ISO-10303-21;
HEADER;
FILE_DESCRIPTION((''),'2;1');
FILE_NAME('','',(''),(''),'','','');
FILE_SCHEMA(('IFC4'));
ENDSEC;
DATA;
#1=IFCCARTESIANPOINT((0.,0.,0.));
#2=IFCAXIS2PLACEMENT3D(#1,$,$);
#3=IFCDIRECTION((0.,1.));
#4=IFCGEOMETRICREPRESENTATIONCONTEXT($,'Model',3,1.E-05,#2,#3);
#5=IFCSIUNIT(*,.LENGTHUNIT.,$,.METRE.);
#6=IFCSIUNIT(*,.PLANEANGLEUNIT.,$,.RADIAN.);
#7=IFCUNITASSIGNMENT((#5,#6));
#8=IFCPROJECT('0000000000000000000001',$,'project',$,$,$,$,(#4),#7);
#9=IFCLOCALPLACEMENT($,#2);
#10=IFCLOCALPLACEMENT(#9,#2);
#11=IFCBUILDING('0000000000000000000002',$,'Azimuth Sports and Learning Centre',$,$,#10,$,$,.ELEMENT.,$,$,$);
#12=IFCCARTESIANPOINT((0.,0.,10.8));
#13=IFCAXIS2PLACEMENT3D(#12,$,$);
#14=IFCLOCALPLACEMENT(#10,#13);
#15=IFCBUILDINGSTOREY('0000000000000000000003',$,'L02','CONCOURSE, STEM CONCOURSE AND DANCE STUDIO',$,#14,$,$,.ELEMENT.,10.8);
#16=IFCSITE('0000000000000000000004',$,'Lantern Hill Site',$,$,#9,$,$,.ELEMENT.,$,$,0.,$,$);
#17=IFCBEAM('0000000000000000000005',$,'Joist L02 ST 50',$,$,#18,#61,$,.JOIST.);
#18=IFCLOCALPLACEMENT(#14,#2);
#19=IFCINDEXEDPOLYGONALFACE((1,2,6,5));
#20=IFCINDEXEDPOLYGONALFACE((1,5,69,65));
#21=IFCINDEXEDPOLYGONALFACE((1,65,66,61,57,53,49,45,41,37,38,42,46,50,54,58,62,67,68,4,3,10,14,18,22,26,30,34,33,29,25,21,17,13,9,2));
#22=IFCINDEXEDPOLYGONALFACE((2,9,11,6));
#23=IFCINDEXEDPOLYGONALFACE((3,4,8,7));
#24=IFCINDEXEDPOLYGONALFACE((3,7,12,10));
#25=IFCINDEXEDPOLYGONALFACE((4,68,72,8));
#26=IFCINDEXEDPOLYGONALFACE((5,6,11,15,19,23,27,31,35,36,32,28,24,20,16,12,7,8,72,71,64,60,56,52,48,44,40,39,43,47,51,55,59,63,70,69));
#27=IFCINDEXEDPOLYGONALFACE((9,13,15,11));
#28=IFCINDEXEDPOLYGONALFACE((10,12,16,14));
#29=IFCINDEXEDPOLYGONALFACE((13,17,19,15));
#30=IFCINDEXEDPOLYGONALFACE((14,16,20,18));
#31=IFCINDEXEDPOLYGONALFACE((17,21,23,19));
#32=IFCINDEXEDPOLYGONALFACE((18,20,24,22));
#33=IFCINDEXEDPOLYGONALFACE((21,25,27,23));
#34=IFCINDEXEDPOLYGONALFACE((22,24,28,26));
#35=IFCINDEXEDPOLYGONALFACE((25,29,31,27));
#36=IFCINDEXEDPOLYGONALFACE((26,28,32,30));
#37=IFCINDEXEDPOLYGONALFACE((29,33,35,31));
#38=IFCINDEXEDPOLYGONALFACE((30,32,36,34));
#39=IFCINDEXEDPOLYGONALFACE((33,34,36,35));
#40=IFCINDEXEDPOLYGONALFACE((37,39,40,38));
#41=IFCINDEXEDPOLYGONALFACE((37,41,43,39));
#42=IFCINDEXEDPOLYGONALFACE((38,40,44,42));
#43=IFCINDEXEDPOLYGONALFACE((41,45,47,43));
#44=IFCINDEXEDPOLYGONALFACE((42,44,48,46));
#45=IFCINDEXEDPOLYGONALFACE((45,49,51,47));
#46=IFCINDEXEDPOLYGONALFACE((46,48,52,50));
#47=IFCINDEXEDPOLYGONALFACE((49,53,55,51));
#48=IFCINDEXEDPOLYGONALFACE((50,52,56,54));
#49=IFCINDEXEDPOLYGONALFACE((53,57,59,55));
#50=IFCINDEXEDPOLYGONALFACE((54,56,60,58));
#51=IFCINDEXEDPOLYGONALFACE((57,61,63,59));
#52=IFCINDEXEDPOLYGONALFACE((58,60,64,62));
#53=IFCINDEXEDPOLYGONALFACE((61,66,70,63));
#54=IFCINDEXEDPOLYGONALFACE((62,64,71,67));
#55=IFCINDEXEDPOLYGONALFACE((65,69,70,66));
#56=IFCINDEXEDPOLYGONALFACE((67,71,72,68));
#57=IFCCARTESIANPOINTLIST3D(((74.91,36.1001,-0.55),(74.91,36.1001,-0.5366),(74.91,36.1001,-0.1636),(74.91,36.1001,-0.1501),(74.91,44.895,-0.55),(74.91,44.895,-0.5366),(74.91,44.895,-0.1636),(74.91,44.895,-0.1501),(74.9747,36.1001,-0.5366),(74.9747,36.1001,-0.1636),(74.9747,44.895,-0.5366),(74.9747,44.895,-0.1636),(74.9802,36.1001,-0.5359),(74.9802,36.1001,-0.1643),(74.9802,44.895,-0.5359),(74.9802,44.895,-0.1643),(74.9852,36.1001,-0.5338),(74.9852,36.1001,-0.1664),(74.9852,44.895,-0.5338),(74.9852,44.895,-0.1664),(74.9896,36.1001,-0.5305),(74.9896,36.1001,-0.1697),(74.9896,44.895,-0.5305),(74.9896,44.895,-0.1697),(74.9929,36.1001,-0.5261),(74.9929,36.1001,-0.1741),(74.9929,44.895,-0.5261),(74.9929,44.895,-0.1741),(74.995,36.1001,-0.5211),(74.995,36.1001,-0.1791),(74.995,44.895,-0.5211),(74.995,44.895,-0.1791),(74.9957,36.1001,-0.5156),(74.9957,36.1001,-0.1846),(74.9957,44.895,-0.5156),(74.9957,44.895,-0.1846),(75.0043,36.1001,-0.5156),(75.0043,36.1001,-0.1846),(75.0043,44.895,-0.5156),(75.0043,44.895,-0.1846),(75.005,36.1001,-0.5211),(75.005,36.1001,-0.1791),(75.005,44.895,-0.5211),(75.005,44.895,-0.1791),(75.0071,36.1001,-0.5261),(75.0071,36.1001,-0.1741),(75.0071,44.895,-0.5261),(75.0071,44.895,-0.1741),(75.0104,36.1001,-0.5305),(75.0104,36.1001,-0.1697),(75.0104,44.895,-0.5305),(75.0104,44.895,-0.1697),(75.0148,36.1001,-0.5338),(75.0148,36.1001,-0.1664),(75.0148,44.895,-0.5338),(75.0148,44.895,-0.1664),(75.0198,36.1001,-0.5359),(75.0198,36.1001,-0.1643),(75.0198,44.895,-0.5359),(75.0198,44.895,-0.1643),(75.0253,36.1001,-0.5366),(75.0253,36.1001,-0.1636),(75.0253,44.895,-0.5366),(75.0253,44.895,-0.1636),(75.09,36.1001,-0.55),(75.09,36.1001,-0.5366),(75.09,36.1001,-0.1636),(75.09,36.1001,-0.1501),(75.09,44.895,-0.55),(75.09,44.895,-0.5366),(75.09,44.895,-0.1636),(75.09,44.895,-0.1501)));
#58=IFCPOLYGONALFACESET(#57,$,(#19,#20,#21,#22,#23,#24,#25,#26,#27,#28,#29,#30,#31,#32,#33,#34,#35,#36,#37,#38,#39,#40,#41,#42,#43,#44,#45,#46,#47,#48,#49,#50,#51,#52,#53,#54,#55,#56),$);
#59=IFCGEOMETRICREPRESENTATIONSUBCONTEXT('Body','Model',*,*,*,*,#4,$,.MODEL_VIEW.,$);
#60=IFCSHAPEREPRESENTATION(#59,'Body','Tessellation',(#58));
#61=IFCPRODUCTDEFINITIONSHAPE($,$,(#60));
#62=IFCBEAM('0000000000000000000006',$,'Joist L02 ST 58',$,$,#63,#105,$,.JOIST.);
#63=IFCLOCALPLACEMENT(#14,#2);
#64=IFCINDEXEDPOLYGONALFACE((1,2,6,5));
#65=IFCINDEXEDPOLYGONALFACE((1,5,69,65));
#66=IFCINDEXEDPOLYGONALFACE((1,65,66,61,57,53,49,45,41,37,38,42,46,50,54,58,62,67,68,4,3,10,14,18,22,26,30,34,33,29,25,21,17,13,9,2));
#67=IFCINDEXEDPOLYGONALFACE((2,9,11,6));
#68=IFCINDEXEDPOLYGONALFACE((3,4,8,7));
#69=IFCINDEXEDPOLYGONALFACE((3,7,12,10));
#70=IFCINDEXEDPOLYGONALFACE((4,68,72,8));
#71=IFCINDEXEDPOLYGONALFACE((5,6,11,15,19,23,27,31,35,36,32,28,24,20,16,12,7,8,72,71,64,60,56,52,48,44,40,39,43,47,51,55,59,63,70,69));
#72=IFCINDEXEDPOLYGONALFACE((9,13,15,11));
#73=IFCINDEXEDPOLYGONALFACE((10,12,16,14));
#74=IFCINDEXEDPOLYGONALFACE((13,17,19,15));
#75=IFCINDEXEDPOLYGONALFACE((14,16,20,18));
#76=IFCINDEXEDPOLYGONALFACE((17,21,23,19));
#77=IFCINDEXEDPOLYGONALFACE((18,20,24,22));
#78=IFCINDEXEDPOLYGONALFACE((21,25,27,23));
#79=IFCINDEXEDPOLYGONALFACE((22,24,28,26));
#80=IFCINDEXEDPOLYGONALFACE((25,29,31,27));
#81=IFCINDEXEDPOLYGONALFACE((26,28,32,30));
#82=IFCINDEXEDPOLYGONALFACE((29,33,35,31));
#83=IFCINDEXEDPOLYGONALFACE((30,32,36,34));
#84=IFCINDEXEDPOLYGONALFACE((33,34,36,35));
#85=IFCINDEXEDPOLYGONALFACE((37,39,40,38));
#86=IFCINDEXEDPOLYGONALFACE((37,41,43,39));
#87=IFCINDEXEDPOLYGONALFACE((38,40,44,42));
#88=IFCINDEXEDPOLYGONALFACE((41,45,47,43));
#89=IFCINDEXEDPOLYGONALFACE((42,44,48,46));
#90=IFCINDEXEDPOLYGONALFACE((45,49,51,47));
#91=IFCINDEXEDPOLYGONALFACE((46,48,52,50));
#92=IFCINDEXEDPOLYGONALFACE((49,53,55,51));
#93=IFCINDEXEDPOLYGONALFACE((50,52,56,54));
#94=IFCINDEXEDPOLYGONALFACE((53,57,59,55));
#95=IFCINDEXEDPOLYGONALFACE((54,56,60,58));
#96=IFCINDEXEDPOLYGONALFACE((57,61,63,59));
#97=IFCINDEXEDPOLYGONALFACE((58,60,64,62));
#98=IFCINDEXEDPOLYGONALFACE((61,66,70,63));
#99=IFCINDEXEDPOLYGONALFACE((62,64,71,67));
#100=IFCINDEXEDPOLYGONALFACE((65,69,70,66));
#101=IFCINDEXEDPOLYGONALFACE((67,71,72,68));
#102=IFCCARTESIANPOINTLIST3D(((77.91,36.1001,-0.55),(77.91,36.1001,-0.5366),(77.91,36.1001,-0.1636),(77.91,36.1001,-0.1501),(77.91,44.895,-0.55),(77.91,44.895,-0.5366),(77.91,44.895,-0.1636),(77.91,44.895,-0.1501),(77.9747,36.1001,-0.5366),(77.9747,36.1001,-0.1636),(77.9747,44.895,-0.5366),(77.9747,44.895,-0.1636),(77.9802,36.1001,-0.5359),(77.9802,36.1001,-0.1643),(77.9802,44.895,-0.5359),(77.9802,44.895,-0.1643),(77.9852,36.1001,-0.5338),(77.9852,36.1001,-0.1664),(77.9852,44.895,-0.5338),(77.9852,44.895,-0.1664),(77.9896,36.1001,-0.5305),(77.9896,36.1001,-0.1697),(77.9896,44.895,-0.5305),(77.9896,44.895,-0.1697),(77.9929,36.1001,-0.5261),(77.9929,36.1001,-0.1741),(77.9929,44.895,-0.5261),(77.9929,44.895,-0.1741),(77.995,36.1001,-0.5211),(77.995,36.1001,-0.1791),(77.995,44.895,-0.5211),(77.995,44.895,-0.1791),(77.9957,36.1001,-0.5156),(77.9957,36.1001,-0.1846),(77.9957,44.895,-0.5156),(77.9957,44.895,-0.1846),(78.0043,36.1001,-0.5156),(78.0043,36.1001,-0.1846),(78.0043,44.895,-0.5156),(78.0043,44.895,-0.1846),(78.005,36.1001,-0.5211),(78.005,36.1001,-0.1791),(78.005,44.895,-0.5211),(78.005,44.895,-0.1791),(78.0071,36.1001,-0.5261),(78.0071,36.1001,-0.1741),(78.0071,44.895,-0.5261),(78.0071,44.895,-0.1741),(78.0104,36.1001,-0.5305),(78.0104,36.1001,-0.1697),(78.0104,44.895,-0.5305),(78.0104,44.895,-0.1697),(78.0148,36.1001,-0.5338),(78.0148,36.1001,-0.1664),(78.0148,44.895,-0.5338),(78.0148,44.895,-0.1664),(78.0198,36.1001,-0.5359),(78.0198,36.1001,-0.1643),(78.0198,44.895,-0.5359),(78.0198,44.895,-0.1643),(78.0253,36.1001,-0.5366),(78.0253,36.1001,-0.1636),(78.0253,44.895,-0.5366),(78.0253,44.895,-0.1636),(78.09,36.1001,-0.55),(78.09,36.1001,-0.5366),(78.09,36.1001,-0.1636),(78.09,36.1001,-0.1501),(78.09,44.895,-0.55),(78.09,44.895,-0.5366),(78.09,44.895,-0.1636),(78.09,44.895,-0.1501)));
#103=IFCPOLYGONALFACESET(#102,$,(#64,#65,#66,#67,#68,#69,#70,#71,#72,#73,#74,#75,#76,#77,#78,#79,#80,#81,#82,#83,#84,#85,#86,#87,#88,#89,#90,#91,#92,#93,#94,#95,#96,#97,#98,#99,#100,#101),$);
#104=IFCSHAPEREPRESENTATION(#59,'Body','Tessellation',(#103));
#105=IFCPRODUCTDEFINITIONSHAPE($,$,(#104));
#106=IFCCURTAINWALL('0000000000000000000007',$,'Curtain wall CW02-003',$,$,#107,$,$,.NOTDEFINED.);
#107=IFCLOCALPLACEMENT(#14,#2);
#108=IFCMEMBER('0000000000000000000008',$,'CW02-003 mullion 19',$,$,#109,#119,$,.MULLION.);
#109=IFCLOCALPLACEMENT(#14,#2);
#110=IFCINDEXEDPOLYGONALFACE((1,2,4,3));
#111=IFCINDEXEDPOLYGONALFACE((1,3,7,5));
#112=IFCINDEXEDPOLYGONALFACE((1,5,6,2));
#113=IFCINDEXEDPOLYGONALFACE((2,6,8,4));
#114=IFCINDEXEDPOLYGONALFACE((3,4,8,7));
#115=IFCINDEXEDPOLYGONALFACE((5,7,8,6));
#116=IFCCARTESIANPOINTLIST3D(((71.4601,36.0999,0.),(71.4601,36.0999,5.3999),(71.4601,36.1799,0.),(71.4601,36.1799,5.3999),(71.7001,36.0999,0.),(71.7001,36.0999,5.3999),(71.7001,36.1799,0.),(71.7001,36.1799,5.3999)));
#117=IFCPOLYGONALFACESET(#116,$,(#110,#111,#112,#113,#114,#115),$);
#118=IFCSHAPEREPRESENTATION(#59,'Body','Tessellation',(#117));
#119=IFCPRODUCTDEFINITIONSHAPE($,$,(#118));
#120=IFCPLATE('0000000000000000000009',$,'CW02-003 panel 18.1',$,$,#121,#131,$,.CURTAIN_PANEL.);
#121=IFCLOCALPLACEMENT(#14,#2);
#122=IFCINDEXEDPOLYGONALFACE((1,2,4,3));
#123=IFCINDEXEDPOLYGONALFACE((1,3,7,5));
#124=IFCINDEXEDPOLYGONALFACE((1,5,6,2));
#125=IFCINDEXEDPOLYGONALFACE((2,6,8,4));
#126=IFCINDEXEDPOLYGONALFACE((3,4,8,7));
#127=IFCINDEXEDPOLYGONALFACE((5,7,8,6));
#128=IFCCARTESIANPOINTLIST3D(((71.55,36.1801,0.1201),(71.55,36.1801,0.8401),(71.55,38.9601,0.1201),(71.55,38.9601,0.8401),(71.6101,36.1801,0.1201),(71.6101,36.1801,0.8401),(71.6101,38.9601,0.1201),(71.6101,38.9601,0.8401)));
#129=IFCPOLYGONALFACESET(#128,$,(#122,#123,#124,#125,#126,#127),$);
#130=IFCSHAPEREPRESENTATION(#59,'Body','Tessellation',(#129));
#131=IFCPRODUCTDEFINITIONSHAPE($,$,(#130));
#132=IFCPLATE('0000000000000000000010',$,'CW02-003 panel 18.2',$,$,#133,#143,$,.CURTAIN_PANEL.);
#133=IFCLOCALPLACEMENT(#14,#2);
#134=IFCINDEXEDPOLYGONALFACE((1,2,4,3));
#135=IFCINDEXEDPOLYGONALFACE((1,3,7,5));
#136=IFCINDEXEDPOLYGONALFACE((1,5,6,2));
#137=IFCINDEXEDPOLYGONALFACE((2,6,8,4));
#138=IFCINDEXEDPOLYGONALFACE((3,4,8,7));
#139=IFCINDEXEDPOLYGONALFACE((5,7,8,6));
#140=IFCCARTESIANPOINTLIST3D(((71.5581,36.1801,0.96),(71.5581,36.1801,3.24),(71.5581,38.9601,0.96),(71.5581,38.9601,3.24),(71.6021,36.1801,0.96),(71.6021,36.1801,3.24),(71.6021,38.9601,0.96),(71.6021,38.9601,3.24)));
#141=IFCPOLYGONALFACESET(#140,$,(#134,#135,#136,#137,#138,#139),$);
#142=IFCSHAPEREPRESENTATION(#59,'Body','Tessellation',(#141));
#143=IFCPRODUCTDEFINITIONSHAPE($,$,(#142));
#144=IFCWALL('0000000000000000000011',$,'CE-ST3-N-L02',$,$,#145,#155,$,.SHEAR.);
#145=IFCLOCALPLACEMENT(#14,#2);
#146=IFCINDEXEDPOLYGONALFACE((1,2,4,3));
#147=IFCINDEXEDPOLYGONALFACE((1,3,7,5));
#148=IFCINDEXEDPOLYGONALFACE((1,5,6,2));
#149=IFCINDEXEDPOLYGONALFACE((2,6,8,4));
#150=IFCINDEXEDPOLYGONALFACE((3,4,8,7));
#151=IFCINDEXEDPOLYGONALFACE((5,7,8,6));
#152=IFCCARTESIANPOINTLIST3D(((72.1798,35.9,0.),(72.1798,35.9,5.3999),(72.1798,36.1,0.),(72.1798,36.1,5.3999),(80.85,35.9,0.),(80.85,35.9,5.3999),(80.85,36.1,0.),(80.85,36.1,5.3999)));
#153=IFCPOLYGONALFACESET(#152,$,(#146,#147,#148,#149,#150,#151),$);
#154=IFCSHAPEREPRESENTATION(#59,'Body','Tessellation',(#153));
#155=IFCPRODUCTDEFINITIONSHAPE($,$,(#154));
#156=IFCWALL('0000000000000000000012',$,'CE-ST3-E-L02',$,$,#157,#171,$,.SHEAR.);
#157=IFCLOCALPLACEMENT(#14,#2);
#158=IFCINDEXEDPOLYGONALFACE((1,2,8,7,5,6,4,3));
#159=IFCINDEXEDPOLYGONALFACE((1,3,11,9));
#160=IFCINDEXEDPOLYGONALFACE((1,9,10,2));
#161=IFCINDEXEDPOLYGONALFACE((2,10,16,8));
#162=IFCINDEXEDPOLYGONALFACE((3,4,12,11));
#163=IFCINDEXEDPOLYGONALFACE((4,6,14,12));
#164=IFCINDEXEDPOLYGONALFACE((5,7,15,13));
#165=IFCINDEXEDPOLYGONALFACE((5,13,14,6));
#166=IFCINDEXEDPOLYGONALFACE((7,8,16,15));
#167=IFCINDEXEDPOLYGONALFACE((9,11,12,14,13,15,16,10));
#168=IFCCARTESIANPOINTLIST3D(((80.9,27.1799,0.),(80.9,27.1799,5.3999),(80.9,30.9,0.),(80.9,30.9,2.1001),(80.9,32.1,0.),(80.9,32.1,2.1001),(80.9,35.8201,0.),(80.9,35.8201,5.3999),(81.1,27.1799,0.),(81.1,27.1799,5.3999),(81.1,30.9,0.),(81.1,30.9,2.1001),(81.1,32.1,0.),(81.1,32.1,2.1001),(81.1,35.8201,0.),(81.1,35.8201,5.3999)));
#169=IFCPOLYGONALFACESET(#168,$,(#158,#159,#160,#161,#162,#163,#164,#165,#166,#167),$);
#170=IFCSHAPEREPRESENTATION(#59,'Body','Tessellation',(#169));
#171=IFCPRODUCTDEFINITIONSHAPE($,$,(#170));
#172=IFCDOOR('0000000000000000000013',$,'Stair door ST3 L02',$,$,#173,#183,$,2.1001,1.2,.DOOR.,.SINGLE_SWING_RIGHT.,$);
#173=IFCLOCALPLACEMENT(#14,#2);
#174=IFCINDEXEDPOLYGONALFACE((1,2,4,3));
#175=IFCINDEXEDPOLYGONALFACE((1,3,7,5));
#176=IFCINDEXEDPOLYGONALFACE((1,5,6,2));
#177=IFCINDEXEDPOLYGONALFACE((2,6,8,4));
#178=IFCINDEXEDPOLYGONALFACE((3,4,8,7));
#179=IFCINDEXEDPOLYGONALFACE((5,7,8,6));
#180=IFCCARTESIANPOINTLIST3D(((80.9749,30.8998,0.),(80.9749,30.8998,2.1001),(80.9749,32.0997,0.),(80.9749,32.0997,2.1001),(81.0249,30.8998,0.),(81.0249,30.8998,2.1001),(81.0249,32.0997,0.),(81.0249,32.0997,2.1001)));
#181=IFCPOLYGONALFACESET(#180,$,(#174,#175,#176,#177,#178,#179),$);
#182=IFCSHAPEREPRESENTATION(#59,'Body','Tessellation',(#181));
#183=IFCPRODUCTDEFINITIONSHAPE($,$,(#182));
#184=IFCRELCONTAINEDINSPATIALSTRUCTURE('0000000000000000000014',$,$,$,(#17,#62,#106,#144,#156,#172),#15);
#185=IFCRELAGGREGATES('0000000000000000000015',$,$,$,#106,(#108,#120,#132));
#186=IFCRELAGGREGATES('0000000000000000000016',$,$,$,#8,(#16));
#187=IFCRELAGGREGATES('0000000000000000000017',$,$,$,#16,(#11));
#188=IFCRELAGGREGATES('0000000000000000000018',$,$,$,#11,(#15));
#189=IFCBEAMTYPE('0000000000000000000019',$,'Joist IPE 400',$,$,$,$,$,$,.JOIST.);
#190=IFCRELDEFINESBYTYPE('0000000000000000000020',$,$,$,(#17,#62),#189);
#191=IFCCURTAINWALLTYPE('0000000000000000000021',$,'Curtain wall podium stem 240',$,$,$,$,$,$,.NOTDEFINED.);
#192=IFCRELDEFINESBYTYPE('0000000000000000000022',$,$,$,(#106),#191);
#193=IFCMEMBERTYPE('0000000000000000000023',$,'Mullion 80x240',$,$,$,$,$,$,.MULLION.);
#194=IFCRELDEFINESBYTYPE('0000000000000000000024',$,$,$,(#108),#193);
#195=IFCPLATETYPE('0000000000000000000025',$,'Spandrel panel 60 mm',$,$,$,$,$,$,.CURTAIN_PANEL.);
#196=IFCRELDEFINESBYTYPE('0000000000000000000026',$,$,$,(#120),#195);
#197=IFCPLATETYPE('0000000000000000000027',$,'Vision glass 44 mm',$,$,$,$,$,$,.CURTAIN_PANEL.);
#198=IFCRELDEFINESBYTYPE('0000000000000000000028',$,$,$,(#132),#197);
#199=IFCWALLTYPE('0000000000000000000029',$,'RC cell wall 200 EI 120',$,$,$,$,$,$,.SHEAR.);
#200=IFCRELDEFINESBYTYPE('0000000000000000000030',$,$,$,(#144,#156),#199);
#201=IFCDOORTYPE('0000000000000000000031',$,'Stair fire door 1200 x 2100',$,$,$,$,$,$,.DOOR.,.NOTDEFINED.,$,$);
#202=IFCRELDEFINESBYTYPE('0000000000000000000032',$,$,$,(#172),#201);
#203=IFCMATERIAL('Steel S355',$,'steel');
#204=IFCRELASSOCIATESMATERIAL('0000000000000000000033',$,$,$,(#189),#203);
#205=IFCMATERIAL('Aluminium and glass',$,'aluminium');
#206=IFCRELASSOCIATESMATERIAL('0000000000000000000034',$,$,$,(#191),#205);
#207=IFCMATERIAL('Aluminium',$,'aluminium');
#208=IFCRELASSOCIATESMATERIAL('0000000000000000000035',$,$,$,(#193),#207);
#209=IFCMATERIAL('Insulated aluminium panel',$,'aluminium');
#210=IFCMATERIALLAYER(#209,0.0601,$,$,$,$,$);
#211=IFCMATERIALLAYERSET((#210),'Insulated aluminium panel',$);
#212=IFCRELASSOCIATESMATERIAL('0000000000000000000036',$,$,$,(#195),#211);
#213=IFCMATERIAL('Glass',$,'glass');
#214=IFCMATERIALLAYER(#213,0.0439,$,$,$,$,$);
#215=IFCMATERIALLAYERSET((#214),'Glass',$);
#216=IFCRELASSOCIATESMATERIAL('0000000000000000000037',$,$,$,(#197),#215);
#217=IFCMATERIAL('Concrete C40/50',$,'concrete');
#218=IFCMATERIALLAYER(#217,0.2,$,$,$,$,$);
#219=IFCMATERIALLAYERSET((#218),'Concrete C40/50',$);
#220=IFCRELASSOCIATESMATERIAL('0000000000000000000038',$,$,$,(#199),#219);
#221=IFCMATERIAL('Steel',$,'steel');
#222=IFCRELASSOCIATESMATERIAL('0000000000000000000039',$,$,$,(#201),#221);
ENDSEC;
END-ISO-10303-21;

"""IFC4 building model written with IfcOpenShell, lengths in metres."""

from ifc_helpers import new_model, si_unit, direction, frame, frame_2d, origin, origin_2d, place, context, subcontext, project, spatial, rectangle, i_section, extrude, material, layer, layer_set, material_profile, profile_set, type_object, element, fill, aggregate, save


model = new_model("IFC4")

# Units and contexts
model_context = context("Model", 3, precision=1e-05, world=origin(), true_north=direction((0.0, 1.0)))
body_context = subcontext(model_context, "Body", "Model", "MODEL_VIEW")
ifc_project = project(units=[si_unit("LENGTHUNIT", "METRE"), si_unit("PLANEANGLEUNIT", "RADIAN")], contexts=[model_context])

# Site, building, storey
site_placement = place(None, origin())
site = spatial("IfcSite", under=ifc_project, at=site_placement, Name="Lantern Hill Site", CompositionType="ELEMENT", RefElevation=0.0)
building_placement = place(site_placement, origin())
building = spatial("IfcBuilding", under=site, at=building_placement, Name="Azimuth Sports and Learning Centre", CompositionType="ELEMENT")
storey_placement = place(building_placement, frame((0.0, 0.0, 10.8)))
storey = spatial("IfcBuildingStorey", under=building, at=storey_placement, Name="L02", Description="CONCOURSE, STEM CONCOURSE AND DANCE STUDIO", CompositionType="ELEMENT", Elevation=10.8)

# Beams
ifc_material_1 = material(Name="Steel S355", Category="steel")
ifc_material_profile_1 = material_profile(ifc_material_1, i_section(OverallWidth=0.1799, OverallDepth=0.3999, WebThickness=0.0085, FlangeThickness=0.0134, FilletRadius=0.021, at=origin_2d()), Name="IPE 400")
ifc_profile_set_1 = profile_set([ifc_material_profile_1], Name="Steel S355")
beam_type_1 = type_object("IfcBeamType", Name="Joist IPE 400", PredefinedType="JOIST", material=ifc_profile_set_1)
for number, where, z_axis, x_axis, name in (
    (1, (75.0, 36.1001, -0.3501), (0.0, 1.0, 0.0), (-1.0, 0.0, 0.0), "Joist L02 ST 50"),
    (2, (78.0, 36.1001, -0.3501), (0.0, 1.0, 0.0), (-1.0, 0.0, 0.0), "Joist L02 ST 58"),
):
    element("IfcBeam", number, at=place(storey_placement, frame(where, z_axis=z_axis, x_axis=x_axis)), inside=storey, type_object=beam_type_1, Name=name, PredefinedType="JOIST", context=body_context, shape_type="SweptSolid", body=[
        extrude(i_section(OverallWidth=0.1799, OverallDepth=0.3999, WebThickness=0.0085, FlangeThickness=0.0134, FilletRadius=0.021, at=origin_2d()), origin(), (0.0, 0.0, 1.0), 8.7949),
    ])

# Curtain wall, member, plates
ifc_material_2 = material(Name="Aluminium and glass", Category="aluminium")
curtain_wall_type = type_object("IfcCurtainWallType", Name="Curtain wall podium stem 240", PredefinedType="NOTDEFINED", material=ifc_material_2)
curtain_wall_placement = place(storey_placement, origin())
curtain_wall = element("IfcCurtainWall", 3, at=curtain_wall_placement, inside=storey, type_object=curtain_wall_type, Name="Curtain wall CW02-003", PredefinedType="NOTDEFINED")
ifc_material_3 = material(Name="Aluminium", Category="aluminium")
ifc_material_profile_2 = material_profile(ifc_material_3, rectangle(XDim=0.24, YDim=0.0801, at=origin_2d()), Name="Mullion 80x240")
ifc_profile_set_2 = profile_set([ifc_material_profile_2], Name="Aluminium")
member_type = type_object("IfcMemberType", Name="Mullion 80x240", PredefinedType="MULLION", material=ifc_profile_set_2)
member_placement = place(storey_placement, frame((71.5801, 36.1399, 0.0), z_axis=(0.0, 0.0, 1.0), x_axis=(1.0, 0.0, 0.0)))
member = element("IfcMember", 4, at=member_placement, type_object=member_type, Name="CW02-003 mullion 19", PredefinedType="MULLION", context=body_context, shape_type="SweptSolid", body=[
    extrude(rectangle(XDim=0.24, YDim=0.0801, at=origin_2d()), origin(), (0.0, 0.0, 1.0), 5.3999),
])
ifc_material_4 = material(Name="Insulated aluminium panel", Category="aluminium")
ifc_layer_1 = layer(ifc_material_4, 0.0601)
ifc_layer_set_1 = layer_set([ifc_layer_1], Name="Insulated aluminium panel")
plate_type_1 = type_object("IfcPlateType", Name="Spandrel panel 60 mm", PredefinedType="CURTAIN_PANEL", material=ifc_layer_set_1)
plate_1_placement = place(storey_placement, frame((71.5801, 37.5701, 0.1201), z_axis=(0.0, 0.0, 1.0), x_axis=(0.0, -1.0, 0.0)))
plate_1 = element("IfcPlate", 5, at=plate_1_placement, type_object=plate_type_1, Name="CW02-003 panel 18.1", PredefinedType="CURTAIN_PANEL", context=body_context, shape_type="SweptSolid", body=[
    extrude(rectangle(XDim=2.78, YDim=0.0601, at=origin_2d()), origin(), (0.0, 0.0, 1.0), 0.72),
])
ifc_material_5 = material(Name="Glass", Category="glass")
ifc_layer_2 = layer(ifc_material_5, 0.0439)
ifc_layer_set_2 = layer_set([ifc_layer_2], Name="Glass")
plate_type_2 = type_object("IfcPlateType", Name="Vision glass 44 mm", PredefinedType="CURTAIN_PANEL", material=ifc_layer_set_2)
plate_2_placement = place(storey_placement, frame((71.5801, 37.5701, 0.96), z_axis=(0.0, 0.0, 1.0), x_axis=(0.0, -1.0, 0.0)))
plate_2 = element("IfcPlate", 6, at=plate_2_placement, type_object=plate_type_2, Name="CW02-003 panel 18.2", PredefinedType="CURTAIN_PANEL", context=body_context, shape_type="SweptSolid", body=[
    extrude(rectangle(XDim=2.78, YDim=0.0439, at=origin_2d()), origin(), (0.0, 0.0, 1.0), 2.28),
])
aggregate(curtain_wall, [member, plate_1, plate_2])

# Wall
ifc_material_6 = material(Name="Concrete C40/50", Category="concrete")
ifc_layer_3 = layer(ifc_material_6, 0.2)
ifc_layer_set_3 = layer_set([ifc_layer_3], Name="Concrete C40/50")
wall_type = type_object("IfcWallType", Name="RC cell wall 200 EI 120", PredefinedType="SHEAR", material=ifc_layer_set_3)
wall_1_placement = place(storey_placement, frame((72.1799, 36.0, 0.0), z_axis=(0.0, 0.0, 1.0), x_axis=(1.0, 0.0, 0.0)))
element("IfcWall", 7, at=wall_1_placement, inside=storey, type_object=wall_type, Name="CE-ST3-N-L02", PredefinedType="SHEAR", context=body_context, shape_type="SweptSolid", body=[
    extrude(rectangle(XDim=8.6702, YDim=0.2, at=frame_2d((4.335, 0.0))), origin(), (0.0, 0.0, 1.0), 5.3999),
])

# Wall, opening, door
wall_2_placement = place(storey_placement, frame((81.0, 27.1799, 0.0), z_axis=(0.0, 0.0, 1.0), x_axis=(0.0, 1.0, 0.0)))
wall_2 = element("IfcWall", 8, at=wall_2_placement, inside=storey, type_object=wall_type, Name="CE-ST3-E-L02", PredefinedType="SHEAR", context=body_context, shape_type="SweptSolid", body=[
    extrude(rectangle(XDim=8.6401, YDim=0.2, at=frame_2d((4.3201, 0.0))), origin(), (0.0, 0.0, 1.0), 5.3999),
])
opening_placement = place(wall_2_placement, frame((3.72, 0.0, 0.0)))
opening = element("IfcOpeningElement", 9, at=opening_placement, cuts=wall_2, PredefinedType="OPENING", context=body_context, shape_type="SweptSolid", body=[
    extrude(rectangle(XDim=1.2, YDim=2.1001, at=frame_2d((0.6001, 1.05))), frame((0.0, 0.1108, 0.0), z_axis=(0.0, -1.0, 0.0), x_axis=(1.0, 0.0, 0.0)), (0.0, 0.0, 1.0), 0.2219),
])
ifc_material_7 = material(Name="Steel", Category="steel")
door_type = type_object("IfcDoorType", Name="Stair fire door 1200 x 2100", OperationType="NOTDEFINED", PredefinedType="DOOR", material=ifc_material_7)
door_placement = place(opening_placement, frame((1.2, 0.0, 0.0), z_axis=(0.0, 0.0, 1.0), x_axis=(-1.0, 0.0, 0.0)))
door = element("IfcDoor", 10, at=door_placement, inside=storey, type_object=door_type, Name="Stair door ST3 L02", OperationType="SINGLE_SWING_RIGHT", OverallHeight=2.1001, OverallWidth=1.2, PredefinedType="DOOR", context=body_context, shape_type="SweptSolid", body=[
    extrude(rectangle(XDim=1.2, YDim=2.1001, at=frame_2d((0.6001, 1.05))), frame((0.0, 0.0249, 0.0), z_axis=(0.0, -1.0, 0.0), x_axis=(1.0, 0.0, 0.0)), (0.0, 0.0, 1.0), 0.05),
])
fill(opening, door)

save(model, "model.ifc")
